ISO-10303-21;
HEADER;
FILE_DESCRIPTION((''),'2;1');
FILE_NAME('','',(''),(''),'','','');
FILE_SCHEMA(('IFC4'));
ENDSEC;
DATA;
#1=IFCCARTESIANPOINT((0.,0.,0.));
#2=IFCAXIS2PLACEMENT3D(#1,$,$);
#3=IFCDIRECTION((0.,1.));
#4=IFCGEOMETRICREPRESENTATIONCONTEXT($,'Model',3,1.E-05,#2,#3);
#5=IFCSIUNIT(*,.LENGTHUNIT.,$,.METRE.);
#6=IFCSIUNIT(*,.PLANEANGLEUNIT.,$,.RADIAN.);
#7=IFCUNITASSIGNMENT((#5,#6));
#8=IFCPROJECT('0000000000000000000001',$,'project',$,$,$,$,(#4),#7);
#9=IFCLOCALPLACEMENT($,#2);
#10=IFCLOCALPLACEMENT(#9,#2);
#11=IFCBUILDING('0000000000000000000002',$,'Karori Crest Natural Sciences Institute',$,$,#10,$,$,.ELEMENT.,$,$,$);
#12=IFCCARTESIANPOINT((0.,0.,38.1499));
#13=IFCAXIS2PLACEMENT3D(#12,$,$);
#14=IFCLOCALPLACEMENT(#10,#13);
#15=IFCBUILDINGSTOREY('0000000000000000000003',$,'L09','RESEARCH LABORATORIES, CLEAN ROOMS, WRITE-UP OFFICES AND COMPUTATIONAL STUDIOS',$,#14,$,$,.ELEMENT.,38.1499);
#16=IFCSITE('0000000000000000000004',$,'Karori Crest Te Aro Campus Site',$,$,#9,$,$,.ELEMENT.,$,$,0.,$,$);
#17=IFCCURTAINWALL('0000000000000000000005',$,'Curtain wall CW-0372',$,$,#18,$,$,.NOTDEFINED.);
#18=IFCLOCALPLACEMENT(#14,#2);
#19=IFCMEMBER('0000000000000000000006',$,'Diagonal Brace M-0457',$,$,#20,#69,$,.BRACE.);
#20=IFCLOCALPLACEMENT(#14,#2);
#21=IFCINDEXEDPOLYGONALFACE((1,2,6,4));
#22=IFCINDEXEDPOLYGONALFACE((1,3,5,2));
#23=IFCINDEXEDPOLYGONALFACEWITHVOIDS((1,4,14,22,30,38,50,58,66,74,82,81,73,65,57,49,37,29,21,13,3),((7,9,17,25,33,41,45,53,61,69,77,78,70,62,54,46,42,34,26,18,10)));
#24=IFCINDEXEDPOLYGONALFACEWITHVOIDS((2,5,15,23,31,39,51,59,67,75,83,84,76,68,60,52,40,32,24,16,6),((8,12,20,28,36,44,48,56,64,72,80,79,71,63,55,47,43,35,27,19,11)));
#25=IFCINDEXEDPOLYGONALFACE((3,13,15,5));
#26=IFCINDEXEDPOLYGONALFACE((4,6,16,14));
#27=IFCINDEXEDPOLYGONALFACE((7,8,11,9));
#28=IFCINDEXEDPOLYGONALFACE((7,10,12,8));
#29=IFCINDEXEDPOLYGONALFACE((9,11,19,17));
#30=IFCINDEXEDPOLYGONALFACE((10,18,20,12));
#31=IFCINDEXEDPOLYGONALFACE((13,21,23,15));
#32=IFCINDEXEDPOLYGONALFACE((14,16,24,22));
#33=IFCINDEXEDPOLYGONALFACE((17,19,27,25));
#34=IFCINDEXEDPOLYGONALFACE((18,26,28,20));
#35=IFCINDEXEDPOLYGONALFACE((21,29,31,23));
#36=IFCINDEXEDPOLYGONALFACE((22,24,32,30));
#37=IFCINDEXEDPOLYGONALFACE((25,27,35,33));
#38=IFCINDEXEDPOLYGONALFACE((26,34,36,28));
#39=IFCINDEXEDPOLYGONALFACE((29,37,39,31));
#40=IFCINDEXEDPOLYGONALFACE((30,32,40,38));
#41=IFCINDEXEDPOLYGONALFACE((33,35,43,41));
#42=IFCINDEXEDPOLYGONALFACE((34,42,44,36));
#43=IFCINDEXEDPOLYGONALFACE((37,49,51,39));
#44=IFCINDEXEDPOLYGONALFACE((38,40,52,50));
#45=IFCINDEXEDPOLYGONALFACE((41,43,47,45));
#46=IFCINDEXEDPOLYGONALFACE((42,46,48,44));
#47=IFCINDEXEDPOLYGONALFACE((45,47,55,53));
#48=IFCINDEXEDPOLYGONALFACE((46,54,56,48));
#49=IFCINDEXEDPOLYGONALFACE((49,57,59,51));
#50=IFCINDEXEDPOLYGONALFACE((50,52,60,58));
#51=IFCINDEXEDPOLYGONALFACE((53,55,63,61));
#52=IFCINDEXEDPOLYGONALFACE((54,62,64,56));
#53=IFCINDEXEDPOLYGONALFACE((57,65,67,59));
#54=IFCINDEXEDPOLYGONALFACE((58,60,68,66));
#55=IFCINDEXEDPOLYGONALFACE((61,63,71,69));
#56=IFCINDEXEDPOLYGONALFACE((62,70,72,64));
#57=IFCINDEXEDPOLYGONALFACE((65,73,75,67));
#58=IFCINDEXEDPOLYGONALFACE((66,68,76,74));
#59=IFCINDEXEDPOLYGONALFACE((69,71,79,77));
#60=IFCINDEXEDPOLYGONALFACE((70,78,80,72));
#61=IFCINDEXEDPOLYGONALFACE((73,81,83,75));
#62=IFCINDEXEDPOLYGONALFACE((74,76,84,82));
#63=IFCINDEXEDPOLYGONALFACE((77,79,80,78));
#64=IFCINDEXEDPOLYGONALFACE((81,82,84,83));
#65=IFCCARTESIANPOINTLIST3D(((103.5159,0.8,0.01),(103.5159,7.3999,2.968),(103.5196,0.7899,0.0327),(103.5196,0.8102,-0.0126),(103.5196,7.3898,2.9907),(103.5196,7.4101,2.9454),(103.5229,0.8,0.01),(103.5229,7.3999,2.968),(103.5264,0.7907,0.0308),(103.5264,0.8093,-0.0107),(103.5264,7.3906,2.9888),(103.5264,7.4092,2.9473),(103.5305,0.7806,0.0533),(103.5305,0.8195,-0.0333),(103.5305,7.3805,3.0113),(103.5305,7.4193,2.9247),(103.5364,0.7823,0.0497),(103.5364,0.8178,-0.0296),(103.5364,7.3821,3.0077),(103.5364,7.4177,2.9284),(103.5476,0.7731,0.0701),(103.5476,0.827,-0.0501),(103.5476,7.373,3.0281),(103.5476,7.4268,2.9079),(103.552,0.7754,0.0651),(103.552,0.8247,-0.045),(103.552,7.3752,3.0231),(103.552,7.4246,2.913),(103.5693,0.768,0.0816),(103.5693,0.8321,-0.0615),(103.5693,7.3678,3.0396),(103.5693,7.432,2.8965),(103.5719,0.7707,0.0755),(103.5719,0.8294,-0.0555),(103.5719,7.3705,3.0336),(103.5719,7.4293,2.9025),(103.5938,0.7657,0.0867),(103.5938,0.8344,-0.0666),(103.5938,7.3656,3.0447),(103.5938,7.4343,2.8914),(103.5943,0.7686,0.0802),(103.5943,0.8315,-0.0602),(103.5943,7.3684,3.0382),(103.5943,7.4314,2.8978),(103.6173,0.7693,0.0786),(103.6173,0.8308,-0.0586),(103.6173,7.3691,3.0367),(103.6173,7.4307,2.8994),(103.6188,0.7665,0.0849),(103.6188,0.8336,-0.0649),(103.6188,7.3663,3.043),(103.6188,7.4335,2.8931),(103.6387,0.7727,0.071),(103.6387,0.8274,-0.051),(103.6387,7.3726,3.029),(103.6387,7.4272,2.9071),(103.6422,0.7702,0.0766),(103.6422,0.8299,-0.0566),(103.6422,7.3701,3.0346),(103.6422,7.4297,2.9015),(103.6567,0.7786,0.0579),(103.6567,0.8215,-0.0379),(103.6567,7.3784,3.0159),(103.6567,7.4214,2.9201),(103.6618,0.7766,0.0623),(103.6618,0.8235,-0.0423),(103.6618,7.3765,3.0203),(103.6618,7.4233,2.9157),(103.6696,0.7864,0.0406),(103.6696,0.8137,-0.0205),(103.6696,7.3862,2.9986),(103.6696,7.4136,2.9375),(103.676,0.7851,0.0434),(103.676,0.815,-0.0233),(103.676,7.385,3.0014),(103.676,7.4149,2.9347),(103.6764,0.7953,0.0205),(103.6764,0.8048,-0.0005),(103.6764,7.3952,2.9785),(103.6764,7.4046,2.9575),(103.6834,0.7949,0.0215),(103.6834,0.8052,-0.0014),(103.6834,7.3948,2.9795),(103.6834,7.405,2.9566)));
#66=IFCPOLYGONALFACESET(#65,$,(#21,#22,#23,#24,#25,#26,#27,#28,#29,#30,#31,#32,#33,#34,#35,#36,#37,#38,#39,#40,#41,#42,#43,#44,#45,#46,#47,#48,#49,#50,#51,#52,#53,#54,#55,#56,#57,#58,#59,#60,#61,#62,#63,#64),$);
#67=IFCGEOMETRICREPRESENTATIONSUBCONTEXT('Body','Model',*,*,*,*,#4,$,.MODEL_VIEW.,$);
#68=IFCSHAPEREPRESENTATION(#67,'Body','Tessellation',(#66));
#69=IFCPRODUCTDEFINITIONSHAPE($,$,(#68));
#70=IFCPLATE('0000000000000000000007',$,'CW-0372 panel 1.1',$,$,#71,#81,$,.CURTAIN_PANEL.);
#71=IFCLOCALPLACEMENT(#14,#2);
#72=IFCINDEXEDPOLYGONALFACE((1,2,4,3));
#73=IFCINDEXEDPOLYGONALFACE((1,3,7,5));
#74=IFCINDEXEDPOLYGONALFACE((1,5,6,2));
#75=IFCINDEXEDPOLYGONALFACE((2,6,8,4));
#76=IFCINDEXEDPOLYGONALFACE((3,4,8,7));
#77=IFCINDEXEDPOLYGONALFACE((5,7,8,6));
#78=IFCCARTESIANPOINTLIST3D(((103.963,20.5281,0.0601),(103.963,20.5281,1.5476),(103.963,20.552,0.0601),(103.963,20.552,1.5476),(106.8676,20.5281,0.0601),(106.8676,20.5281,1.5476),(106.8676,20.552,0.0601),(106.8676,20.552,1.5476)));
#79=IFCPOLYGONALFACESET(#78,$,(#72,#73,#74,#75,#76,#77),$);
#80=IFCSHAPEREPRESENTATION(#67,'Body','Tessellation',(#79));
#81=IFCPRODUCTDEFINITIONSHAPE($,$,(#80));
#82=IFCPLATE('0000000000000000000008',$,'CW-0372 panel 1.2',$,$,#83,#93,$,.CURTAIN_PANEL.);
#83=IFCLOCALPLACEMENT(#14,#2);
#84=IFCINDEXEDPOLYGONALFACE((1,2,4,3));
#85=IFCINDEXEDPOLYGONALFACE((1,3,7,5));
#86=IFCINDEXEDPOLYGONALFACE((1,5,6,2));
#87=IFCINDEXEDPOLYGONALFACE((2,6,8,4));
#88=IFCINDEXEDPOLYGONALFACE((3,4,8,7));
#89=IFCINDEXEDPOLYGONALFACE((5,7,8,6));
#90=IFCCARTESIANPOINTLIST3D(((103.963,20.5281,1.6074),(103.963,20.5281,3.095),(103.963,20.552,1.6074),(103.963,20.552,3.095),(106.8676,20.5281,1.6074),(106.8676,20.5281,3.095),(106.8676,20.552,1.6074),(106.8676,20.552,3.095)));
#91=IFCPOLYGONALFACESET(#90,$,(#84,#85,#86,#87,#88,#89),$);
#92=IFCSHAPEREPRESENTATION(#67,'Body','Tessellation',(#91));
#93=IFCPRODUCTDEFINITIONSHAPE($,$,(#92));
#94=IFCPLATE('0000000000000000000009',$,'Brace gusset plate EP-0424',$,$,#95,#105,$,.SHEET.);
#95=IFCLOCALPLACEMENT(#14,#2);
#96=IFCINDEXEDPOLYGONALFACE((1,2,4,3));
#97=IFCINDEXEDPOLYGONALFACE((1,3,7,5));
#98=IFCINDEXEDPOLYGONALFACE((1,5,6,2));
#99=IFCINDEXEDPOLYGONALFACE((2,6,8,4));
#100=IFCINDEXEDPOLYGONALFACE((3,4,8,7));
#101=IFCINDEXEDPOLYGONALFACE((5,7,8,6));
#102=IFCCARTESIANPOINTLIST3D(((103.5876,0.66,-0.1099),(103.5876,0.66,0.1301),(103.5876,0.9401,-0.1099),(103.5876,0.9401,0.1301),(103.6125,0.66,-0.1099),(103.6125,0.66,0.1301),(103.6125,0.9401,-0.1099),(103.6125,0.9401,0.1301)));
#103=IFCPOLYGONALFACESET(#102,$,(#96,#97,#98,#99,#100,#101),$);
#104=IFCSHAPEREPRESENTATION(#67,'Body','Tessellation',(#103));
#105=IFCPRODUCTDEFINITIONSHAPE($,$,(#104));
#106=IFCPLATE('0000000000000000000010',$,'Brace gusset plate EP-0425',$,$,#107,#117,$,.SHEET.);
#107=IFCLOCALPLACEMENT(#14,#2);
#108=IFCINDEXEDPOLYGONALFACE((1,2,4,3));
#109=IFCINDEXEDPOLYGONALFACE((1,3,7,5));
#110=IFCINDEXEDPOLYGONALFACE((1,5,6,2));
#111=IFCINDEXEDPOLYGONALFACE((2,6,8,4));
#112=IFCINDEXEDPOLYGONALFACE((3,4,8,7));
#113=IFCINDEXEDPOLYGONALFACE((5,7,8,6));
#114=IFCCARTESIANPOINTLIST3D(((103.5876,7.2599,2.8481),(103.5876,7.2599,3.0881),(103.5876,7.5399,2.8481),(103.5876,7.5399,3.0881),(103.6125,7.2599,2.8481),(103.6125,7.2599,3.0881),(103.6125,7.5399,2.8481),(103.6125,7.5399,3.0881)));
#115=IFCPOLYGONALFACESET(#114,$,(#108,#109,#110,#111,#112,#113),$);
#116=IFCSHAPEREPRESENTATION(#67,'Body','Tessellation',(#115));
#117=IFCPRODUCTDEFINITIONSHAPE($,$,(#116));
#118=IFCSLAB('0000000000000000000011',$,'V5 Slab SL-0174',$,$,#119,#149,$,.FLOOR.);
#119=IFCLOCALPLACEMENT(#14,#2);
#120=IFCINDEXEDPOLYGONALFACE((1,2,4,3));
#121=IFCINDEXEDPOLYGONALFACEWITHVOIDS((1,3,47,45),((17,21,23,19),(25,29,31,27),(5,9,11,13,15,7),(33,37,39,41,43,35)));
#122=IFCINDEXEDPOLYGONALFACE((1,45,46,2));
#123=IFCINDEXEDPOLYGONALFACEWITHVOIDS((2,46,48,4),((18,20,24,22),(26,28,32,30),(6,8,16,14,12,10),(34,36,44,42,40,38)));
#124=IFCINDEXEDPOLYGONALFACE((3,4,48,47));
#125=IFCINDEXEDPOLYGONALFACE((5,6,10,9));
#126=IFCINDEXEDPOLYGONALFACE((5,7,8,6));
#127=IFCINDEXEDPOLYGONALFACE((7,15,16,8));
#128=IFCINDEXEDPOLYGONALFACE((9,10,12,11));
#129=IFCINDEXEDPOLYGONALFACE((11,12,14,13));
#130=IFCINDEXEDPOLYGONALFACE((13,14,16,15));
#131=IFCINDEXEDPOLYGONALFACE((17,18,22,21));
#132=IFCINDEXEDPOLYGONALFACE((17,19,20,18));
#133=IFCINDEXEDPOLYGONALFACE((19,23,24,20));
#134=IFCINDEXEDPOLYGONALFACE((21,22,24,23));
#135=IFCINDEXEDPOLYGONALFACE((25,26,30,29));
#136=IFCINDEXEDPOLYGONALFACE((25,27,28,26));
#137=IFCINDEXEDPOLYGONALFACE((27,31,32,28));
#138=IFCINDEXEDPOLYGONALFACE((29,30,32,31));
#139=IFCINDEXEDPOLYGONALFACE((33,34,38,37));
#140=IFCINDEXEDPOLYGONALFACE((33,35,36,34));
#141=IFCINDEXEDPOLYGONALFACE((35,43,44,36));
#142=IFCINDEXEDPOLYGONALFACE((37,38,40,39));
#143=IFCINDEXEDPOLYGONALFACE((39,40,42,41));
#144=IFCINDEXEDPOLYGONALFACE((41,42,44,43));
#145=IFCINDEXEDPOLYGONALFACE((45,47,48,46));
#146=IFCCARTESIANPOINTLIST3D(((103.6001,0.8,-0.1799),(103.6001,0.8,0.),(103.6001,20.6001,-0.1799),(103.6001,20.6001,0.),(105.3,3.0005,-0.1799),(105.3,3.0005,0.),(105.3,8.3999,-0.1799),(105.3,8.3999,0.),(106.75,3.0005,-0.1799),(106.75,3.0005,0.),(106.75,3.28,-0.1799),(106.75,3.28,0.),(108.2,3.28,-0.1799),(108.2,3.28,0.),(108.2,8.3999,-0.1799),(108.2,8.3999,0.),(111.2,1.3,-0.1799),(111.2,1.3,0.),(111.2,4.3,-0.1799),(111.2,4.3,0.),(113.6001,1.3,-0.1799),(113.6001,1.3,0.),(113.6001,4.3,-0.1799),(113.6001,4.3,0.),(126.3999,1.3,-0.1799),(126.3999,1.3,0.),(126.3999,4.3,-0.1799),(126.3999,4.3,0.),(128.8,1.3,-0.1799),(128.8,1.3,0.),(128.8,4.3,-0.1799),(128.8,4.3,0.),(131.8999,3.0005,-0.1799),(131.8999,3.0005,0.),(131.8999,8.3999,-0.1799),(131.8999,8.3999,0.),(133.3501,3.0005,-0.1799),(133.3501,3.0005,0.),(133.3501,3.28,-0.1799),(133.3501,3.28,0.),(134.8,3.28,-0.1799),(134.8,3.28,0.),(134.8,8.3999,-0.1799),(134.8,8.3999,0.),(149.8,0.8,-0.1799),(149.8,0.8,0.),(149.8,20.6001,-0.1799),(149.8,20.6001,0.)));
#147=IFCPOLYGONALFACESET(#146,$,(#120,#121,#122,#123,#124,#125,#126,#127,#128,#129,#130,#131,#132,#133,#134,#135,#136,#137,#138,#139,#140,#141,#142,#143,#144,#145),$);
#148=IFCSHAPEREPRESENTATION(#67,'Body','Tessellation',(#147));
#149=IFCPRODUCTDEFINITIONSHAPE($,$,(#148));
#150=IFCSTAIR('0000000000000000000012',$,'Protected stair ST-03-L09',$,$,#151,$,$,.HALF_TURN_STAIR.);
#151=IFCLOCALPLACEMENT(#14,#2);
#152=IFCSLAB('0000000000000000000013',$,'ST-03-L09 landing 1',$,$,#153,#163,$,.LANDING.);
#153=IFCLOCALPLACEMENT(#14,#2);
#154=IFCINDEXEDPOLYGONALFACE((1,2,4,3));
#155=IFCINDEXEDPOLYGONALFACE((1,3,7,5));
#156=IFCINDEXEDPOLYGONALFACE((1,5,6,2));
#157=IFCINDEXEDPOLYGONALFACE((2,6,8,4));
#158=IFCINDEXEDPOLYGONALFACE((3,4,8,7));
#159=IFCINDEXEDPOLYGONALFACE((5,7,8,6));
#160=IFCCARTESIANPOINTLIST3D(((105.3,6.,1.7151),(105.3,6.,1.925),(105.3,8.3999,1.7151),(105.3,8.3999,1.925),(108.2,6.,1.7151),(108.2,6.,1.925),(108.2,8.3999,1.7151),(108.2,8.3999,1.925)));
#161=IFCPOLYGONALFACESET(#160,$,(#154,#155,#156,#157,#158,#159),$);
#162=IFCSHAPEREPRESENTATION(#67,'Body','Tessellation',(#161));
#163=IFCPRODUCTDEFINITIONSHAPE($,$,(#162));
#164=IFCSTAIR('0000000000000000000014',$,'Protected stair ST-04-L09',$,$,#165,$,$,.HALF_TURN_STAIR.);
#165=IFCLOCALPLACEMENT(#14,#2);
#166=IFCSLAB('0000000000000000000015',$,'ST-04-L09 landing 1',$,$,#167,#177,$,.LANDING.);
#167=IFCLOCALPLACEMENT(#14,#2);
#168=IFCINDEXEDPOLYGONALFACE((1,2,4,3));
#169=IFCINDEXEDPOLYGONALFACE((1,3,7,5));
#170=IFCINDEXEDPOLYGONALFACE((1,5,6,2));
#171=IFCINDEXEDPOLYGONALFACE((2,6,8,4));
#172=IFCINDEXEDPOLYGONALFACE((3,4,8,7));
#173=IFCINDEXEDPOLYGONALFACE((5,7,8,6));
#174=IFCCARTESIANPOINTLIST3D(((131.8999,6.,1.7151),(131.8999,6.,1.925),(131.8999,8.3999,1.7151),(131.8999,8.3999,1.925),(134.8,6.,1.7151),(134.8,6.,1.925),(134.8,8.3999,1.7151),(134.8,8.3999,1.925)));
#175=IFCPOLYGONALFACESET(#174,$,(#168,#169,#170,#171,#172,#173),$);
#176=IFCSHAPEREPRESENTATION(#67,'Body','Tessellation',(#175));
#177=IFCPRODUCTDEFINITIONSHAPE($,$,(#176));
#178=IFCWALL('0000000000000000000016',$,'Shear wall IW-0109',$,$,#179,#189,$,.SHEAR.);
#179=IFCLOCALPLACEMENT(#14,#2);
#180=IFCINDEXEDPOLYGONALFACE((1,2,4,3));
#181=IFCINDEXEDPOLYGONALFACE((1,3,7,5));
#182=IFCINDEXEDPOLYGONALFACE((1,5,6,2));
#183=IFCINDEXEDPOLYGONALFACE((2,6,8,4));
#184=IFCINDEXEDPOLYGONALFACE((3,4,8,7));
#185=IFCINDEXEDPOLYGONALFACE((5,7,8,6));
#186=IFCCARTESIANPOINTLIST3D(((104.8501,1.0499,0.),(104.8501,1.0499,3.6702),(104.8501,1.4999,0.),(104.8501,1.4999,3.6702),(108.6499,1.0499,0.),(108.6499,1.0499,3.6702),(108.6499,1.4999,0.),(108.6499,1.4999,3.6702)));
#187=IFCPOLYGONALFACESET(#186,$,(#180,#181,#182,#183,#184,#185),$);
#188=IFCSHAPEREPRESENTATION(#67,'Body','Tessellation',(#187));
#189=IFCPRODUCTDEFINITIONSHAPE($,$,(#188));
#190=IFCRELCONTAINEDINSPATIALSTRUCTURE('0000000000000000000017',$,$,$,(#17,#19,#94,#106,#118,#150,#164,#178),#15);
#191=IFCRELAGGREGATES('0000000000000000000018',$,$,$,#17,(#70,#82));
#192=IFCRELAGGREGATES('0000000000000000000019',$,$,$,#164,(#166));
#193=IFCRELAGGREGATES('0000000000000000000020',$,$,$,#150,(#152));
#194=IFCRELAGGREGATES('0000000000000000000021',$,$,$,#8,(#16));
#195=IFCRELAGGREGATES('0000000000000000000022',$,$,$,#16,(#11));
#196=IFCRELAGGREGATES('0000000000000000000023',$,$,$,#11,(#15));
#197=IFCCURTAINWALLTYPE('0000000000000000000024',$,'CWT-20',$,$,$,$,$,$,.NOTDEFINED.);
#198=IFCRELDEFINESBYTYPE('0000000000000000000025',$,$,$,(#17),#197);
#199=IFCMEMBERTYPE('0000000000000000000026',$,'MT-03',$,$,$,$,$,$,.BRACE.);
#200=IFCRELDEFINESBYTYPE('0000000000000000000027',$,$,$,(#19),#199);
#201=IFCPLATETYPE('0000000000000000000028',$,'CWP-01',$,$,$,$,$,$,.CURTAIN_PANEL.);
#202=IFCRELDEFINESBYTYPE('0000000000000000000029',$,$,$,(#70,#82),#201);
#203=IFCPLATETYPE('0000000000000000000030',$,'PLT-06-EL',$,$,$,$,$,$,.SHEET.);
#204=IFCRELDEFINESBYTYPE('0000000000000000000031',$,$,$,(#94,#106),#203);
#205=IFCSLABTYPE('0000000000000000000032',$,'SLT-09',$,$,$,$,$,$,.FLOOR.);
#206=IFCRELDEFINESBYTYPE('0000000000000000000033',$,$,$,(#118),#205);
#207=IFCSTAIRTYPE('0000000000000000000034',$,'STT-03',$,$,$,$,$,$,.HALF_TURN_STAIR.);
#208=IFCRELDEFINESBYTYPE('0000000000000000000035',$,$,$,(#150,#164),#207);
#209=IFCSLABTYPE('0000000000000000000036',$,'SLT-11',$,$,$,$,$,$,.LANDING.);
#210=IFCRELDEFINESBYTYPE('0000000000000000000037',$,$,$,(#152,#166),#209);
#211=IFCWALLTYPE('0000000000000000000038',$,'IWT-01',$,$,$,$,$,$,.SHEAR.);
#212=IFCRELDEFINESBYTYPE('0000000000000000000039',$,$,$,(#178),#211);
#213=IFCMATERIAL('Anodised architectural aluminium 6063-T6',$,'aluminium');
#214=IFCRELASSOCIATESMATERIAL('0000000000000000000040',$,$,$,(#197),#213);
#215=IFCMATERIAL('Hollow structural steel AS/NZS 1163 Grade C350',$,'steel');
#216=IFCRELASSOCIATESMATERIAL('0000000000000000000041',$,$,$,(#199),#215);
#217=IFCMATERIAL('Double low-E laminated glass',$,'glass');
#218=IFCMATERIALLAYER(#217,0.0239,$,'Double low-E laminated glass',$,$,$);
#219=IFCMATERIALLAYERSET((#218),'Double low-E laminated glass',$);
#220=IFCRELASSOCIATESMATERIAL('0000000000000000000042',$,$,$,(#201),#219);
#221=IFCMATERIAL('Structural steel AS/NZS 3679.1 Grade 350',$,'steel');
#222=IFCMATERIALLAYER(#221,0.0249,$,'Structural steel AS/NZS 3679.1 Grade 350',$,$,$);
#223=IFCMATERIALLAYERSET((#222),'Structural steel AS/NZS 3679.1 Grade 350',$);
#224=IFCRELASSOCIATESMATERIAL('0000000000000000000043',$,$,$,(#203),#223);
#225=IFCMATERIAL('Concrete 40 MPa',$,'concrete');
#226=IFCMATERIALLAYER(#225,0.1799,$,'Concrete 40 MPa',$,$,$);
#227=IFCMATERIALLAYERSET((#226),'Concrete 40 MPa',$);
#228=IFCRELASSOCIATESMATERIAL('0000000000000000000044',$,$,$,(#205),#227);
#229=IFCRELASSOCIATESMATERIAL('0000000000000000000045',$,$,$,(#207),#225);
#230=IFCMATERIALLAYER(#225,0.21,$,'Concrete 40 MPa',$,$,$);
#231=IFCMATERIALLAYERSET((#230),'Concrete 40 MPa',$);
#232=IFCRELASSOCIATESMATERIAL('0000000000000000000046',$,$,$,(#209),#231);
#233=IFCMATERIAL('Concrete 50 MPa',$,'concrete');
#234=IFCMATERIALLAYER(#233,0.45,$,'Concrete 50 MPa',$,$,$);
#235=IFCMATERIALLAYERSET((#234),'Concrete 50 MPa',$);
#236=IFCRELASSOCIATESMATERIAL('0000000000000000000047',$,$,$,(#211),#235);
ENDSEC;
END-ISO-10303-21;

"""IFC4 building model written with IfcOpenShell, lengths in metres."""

from ifc_helpers import new_model, si_unit, direction, frame, frame_2d, origin, origin_2d, place, context, subcontext, project, spatial, polyline, rectangle, hollow_circle, outline, extrude, material, layer, layer_set, material_profile, profile_set, type_object, element, aggregate, save


model = new_model("IFC4")

# Units and contexts
model_context = context("Model", 3, precision=1e-05, world=origin(), true_north=direction((0.0, 1.0)))
body_context = subcontext(model_context, "Body", "Model", "MODEL_VIEW")
ifc_project = project(units=[si_unit("LENGTHUNIT", "METRE"), si_unit("PLANEANGLEUNIT", "RADIAN")], contexts=[model_context])

# Site, building, storey
site_placement = place(None, origin())
site = spatial("IfcSite", under=ifc_project, at=site_placement, Name="Karori Crest Te Aro Campus Site", CompositionType="ELEMENT", RefElevation=0.0)
building_placement = place(site_placement, origin())
building = spatial("IfcBuilding", under=site, at=building_placement, Name="Karori Crest Natural Sciences Institute", CompositionType="ELEMENT")
storey_placement = place(building_placement, frame((0.0, 0.0, 38.1499)))
storey = spatial("IfcBuildingStorey", under=building, at=storey_placement, Name="L09", Description="RESEARCH LABORATORIES, CLEAN ROOMS, WRITE-UP OFFICES AND COMPUTATIONAL STUDIOS", CompositionType="ELEMENT", Elevation=38.1499)

# Shared definitions
ifc_material_1 = material(Name="Concrete 50 MPa", Category="concrete")

# Shared definitions
ifc_material_2 = material(Name="Structural steel AS/NZS 3679.1 Grade 350", Category="steel")
ifc_material_3 = material(Name="Hollow structural steel AS/NZS 1163 Grade C350", Category="steel")

# Curtain wall
ifc_material_4 = material(Name="Anodised architectural aluminium 6063-T6", Category="aluminium")
curtain_wall_type = type_object("IfcCurtainWallType", Name="CWT-20", PredefinedType="NOTDEFINED", material=ifc_material_4)
curtain_wall_placement = place(storey_placement, origin())
curtain_wall = element("IfcCurtainWall", 1, at=curtain_wall_placement, inside=storey, type_object=curtain_wall_type, Name="Curtain wall CW-0372", PredefinedType="NOTDEFINED")

# Member
ifc_material_profile_1 = material_profile(ifc_material_3, hollow_circle(Radius=0.0842, WallThickness=0.0071, at=origin_2d()), Name="CHS168.3x7.1")
ifc_profile_set_1 = profile_set([ifc_material_profile_1], Name="Hollow structural steel AS/NZS 1163 Grade C350")
member_type_1 = type_object("IfcMemberType", Name="MT-03", PredefinedType="BRACE", material=ifc_profile_set_1)
member_1_placement = place(storey_placement, frame((103.6001, 0.8, 0.01), z_axis=(0.0, 0.912538, 0.408993), x_axis=(-1.0, 0.0, 0.0)))
element("IfcMember", 2, at=member_1_placement, inside=storey, type_object=member_type_1, Name="Diagonal Brace M-0457", PredefinedType="BRACE", context=body_context, shape_type="SweptSolid", body=[
    extrude(hollow_circle(Radius=0.0842, WallThickness=0.0071, at=origin_2d()), origin(), (0.0, 0.0, 1.0), 7.2324),
])

# Plates
ifc_material_5 = material(Name="Double low-E laminated glass", Category="glass")
ifc_layer_1 = layer(ifc_material_5, 0.0239, Name="Double low-E laminated glass")
ifc_layer_set_1 = layer_set([ifc_layer_1], Name="Double low-E laminated glass")
plate_type_1 = type_object("IfcPlateType", Name="CWP-01", PredefinedType="CURTAIN_PANEL", material=ifc_layer_set_1)
plate_1_placement = place(storey_placement, frame((105.4153, 20.54, 0.0601), z_axis=(0.0, 0.0, 1.0), x_axis=(1.0, 0.0, 0.0)))
plate_1 = element("IfcPlate", 3, at=plate_1_placement, type_object=plate_type_1, Name="CW-0372 panel 1.1", PredefinedType="CURTAIN_PANEL", context=body_context, shape_type="SweptSolid", body=[
    extrude(rectangle(XDim=2.9045, YDim=0.0239, at=origin_2d()), origin(), (0.0, 0.0, 1.0), 1.4875),
])
plate_2_placement = place(storey_placement, frame((105.4153, 20.54, 1.6074), z_axis=(0.0, 0.0, 1.0), x_axis=(1.0, 0.0, 0.0)))
plate_2 = element("IfcPlate", 4, at=plate_2_placement, type_object=plate_type_1, Name="CW-0372 panel 1.2", PredefinedType="CURTAIN_PANEL", context=body_context, shape_type="SweptSolid", body=[
    extrude(rectangle(XDim=2.9045, YDim=0.0239, at=origin_2d()), origin(), (0.0, 0.0, 1.0), 1.4875),
])
aggregate(curtain_wall, [plate_1, plate_2])

# Plates
ifc_layer_2 = layer(ifc_material_2, 0.0249, Name="Structural steel AS/NZS 3679.1 Grade 350")
ifc_layer_set_2 = layer_set([ifc_layer_2], Name="Structural steel AS/NZS 3679.1 Grade 350")
plate_type_2 = type_object("IfcPlateType", Name="PLT-06-EL", PredefinedType="SHEET", material=ifc_layer_set_2)
for number, where, z_axis, x_axis, name in (
    (5, (103.6001, 0.8, -0.1099), (0.0, 0.0, 1.0), (0.0, 1.0, 0.0), "Brace gusset plate EP-0424"),
    (6, (103.6001, 7.3999, 2.8481), (0.0, 0.0, 1.0), (0.0, 1.0, 0.0), "Brace gusset plate EP-0425"),
):
    element("IfcPlate", number, at=place(storey_placement, frame(where, z_axis=z_axis, x_axis=x_axis)), inside=storey, type_object=plate_type_2, Name=name, PredefinedType="SHEET", context=body_context, shape_type="SweptSolid", body=[
        extrude(rectangle(XDim=0.28, YDim=0.0249, at=origin_2d()), origin(), (0.0, 0.0, 1.0), 0.24),
    ])

# Slab
ifc_material_6 = material(Name="Concrete 40 MPa", Category="concrete")
ifc_layer_3 = layer(ifc_material_6, 0.1799, Name="Concrete 40 MPa")
ifc_layer_set_3 = layer_set([ifc_layer_3], Name="Concrete 40 MPa")
slab_type_1 = type_object("IfcSlabType", Name="SLT-09", PredefinedType="FLOOR", material=ifc_layer_set_3)
slab_1_placement = place(storey_placement, frame((0.0, 0.0, -0.1799)))
element("IfcSlab", 7, at=slab_1_placement, inside=storey, type_object=slab_type_1, Name="V5 Slab SL-0174", PredefinedType="FLOOR", context=body_context, shape_type="SweptSolid", body=[
    extrude(outline(polyline([(103.6001, 0.8), (149.8, 0.8), (149.8, 20.6001), (103.6001, 20.6001), (103.6001, 0.8)]), holes=[polyline([(108.2, 3.28), (106.75, 3.28), (106.75, 3.0005), (105.3, 3.0005), (105.3, 8.3999), (108.2, 8.3999), (108.2, 3.28)]), polyline([(134.8, 3.28), (133.3501, 3.28), (133.3501, 3.0005), (131.8999, 3.0005), (131.8999, 8.3999), (134.8, 8.3999), (134.8, 3.28)]), polyline([(111.2, 4.3), (113.6001, 4.3), (113.6001, 1.3), (111.2, 1.3), (111.2, 4.3)]), polyline([(126.3999, 4.3), (128.8, 4.3), (128.8, 1.3), (126.3999, 1.3), (126.3999, 4.3)])]), origin(), (0.0, 0.0, 1.0), 0.1799),
])

# Stairs, slabs
stair_type = type_object("IfcStairType", Name="STT-03", PredefinedType="HALF_TURN_STAIR", material=ifc_material_6)
stair_1_placement = place(storey_placement, origin())
stair_1 = element("IfcStair", 8, at=stair_1_placement, inside=storey, type_object=stair_type, Name="Protected stair ST-03-L09", PredefinedType="HALF_TURN_STAIR")
ifc_layer_4 = layer(ifc_material_6, 0.21, Name="Concrete 40 MPa")
ifc_layer_set_4 = layer_set([ifc_layer_4], Name="Concrete 40 MPa")
slab_type_2 = type_object("IfcSlabType", Name="SLT-11", PredefinedType="LANDING", material=ifc_layer_set_4)
slab_2_placement = place(storey_placement, frame((0.0, 0.0, 1.7151)))
slab_2 = element("IfcSlab", 9, at=slab_2_placement, type_object=slab_type_2, Name="ST-03-L09 landing 1", PredefinedType="LANDING", context=body_context, shape_type="SweptSolid", body=[
    extrude(outline(polyline([(108.2, 6.0), (108.2, 8.3999), (105.3, 8.3999), (105.3, 6.0), (108.2, 6.0)])), origin(), (0.0, 0.0, 1.0), 0.21),
])
stair_2_placement = place(storey_placement, origin())
stair_2 = element("IfcStair", 10, at=stair_2_placement, inside=storey, type_object=stair_type, Name="Protected stair ST-04-L09", PredefinedType="HALF_TURN_STAIR")
slab_3_placement = place(storey_placement, frame((0.0, 0.0, 1.7151)))
slab_3 = element("IfcSlab", 11, at=slab_3_placement, type_object=slab_type_2, Name="ST-04-L09 landing 1", PredefinedType="LANDING", context=body_context, shape_type="SweptSolid", body=[
    extrude(outline(polyline([(134.8, 6.0), (134.8, 8.3999), (131.8999, 8.3999), (131.8999, 6.0), (134.8, 6.0)])), origin(), (0.0, 0.0, 1.0), 0.21),
])
aggregate(stair_2, [slab_3])

# Wall
ifc_layer_5 = layer(ifc_material_1, 0.45, Name="Concrete 50 MPa")
ifc_layer_set_5 = layer_set([ifc_layer_5], Name="Concrete 50 MPa")
wall_type_1 = type_object("IfcWallType", Name="IWT-01", PredefinedType="SHEAR", material=ifc_layer_set_5)
for number, where, z_axis, x_axis, name in (
    (12, (104.8501, 1.2749, 0.0), (0.0, 0.0, 1.0), (1.0, 0.0, 0.0), "Shear wall IW-0109"),
):
    element("IfcWall", number, at=place(storey_placement, frame(where, z_axis=z_axis, x_axis=x_axis)), inside=storey, type_object=wall_type_1, Name=name, PredefinedType="SHEAR", context=body_context, shape_type="SweptSolid", body=[
        extrude(rectangle(XDim=3.7998, YDim=0.45, at=frame_2d((1.8999, 0.0))), origin(), (0.0, 0.0, 1.0), 3.6702),
    ])

aggregate(stair_1, [slab_2])

save(model, "model.ifc")
